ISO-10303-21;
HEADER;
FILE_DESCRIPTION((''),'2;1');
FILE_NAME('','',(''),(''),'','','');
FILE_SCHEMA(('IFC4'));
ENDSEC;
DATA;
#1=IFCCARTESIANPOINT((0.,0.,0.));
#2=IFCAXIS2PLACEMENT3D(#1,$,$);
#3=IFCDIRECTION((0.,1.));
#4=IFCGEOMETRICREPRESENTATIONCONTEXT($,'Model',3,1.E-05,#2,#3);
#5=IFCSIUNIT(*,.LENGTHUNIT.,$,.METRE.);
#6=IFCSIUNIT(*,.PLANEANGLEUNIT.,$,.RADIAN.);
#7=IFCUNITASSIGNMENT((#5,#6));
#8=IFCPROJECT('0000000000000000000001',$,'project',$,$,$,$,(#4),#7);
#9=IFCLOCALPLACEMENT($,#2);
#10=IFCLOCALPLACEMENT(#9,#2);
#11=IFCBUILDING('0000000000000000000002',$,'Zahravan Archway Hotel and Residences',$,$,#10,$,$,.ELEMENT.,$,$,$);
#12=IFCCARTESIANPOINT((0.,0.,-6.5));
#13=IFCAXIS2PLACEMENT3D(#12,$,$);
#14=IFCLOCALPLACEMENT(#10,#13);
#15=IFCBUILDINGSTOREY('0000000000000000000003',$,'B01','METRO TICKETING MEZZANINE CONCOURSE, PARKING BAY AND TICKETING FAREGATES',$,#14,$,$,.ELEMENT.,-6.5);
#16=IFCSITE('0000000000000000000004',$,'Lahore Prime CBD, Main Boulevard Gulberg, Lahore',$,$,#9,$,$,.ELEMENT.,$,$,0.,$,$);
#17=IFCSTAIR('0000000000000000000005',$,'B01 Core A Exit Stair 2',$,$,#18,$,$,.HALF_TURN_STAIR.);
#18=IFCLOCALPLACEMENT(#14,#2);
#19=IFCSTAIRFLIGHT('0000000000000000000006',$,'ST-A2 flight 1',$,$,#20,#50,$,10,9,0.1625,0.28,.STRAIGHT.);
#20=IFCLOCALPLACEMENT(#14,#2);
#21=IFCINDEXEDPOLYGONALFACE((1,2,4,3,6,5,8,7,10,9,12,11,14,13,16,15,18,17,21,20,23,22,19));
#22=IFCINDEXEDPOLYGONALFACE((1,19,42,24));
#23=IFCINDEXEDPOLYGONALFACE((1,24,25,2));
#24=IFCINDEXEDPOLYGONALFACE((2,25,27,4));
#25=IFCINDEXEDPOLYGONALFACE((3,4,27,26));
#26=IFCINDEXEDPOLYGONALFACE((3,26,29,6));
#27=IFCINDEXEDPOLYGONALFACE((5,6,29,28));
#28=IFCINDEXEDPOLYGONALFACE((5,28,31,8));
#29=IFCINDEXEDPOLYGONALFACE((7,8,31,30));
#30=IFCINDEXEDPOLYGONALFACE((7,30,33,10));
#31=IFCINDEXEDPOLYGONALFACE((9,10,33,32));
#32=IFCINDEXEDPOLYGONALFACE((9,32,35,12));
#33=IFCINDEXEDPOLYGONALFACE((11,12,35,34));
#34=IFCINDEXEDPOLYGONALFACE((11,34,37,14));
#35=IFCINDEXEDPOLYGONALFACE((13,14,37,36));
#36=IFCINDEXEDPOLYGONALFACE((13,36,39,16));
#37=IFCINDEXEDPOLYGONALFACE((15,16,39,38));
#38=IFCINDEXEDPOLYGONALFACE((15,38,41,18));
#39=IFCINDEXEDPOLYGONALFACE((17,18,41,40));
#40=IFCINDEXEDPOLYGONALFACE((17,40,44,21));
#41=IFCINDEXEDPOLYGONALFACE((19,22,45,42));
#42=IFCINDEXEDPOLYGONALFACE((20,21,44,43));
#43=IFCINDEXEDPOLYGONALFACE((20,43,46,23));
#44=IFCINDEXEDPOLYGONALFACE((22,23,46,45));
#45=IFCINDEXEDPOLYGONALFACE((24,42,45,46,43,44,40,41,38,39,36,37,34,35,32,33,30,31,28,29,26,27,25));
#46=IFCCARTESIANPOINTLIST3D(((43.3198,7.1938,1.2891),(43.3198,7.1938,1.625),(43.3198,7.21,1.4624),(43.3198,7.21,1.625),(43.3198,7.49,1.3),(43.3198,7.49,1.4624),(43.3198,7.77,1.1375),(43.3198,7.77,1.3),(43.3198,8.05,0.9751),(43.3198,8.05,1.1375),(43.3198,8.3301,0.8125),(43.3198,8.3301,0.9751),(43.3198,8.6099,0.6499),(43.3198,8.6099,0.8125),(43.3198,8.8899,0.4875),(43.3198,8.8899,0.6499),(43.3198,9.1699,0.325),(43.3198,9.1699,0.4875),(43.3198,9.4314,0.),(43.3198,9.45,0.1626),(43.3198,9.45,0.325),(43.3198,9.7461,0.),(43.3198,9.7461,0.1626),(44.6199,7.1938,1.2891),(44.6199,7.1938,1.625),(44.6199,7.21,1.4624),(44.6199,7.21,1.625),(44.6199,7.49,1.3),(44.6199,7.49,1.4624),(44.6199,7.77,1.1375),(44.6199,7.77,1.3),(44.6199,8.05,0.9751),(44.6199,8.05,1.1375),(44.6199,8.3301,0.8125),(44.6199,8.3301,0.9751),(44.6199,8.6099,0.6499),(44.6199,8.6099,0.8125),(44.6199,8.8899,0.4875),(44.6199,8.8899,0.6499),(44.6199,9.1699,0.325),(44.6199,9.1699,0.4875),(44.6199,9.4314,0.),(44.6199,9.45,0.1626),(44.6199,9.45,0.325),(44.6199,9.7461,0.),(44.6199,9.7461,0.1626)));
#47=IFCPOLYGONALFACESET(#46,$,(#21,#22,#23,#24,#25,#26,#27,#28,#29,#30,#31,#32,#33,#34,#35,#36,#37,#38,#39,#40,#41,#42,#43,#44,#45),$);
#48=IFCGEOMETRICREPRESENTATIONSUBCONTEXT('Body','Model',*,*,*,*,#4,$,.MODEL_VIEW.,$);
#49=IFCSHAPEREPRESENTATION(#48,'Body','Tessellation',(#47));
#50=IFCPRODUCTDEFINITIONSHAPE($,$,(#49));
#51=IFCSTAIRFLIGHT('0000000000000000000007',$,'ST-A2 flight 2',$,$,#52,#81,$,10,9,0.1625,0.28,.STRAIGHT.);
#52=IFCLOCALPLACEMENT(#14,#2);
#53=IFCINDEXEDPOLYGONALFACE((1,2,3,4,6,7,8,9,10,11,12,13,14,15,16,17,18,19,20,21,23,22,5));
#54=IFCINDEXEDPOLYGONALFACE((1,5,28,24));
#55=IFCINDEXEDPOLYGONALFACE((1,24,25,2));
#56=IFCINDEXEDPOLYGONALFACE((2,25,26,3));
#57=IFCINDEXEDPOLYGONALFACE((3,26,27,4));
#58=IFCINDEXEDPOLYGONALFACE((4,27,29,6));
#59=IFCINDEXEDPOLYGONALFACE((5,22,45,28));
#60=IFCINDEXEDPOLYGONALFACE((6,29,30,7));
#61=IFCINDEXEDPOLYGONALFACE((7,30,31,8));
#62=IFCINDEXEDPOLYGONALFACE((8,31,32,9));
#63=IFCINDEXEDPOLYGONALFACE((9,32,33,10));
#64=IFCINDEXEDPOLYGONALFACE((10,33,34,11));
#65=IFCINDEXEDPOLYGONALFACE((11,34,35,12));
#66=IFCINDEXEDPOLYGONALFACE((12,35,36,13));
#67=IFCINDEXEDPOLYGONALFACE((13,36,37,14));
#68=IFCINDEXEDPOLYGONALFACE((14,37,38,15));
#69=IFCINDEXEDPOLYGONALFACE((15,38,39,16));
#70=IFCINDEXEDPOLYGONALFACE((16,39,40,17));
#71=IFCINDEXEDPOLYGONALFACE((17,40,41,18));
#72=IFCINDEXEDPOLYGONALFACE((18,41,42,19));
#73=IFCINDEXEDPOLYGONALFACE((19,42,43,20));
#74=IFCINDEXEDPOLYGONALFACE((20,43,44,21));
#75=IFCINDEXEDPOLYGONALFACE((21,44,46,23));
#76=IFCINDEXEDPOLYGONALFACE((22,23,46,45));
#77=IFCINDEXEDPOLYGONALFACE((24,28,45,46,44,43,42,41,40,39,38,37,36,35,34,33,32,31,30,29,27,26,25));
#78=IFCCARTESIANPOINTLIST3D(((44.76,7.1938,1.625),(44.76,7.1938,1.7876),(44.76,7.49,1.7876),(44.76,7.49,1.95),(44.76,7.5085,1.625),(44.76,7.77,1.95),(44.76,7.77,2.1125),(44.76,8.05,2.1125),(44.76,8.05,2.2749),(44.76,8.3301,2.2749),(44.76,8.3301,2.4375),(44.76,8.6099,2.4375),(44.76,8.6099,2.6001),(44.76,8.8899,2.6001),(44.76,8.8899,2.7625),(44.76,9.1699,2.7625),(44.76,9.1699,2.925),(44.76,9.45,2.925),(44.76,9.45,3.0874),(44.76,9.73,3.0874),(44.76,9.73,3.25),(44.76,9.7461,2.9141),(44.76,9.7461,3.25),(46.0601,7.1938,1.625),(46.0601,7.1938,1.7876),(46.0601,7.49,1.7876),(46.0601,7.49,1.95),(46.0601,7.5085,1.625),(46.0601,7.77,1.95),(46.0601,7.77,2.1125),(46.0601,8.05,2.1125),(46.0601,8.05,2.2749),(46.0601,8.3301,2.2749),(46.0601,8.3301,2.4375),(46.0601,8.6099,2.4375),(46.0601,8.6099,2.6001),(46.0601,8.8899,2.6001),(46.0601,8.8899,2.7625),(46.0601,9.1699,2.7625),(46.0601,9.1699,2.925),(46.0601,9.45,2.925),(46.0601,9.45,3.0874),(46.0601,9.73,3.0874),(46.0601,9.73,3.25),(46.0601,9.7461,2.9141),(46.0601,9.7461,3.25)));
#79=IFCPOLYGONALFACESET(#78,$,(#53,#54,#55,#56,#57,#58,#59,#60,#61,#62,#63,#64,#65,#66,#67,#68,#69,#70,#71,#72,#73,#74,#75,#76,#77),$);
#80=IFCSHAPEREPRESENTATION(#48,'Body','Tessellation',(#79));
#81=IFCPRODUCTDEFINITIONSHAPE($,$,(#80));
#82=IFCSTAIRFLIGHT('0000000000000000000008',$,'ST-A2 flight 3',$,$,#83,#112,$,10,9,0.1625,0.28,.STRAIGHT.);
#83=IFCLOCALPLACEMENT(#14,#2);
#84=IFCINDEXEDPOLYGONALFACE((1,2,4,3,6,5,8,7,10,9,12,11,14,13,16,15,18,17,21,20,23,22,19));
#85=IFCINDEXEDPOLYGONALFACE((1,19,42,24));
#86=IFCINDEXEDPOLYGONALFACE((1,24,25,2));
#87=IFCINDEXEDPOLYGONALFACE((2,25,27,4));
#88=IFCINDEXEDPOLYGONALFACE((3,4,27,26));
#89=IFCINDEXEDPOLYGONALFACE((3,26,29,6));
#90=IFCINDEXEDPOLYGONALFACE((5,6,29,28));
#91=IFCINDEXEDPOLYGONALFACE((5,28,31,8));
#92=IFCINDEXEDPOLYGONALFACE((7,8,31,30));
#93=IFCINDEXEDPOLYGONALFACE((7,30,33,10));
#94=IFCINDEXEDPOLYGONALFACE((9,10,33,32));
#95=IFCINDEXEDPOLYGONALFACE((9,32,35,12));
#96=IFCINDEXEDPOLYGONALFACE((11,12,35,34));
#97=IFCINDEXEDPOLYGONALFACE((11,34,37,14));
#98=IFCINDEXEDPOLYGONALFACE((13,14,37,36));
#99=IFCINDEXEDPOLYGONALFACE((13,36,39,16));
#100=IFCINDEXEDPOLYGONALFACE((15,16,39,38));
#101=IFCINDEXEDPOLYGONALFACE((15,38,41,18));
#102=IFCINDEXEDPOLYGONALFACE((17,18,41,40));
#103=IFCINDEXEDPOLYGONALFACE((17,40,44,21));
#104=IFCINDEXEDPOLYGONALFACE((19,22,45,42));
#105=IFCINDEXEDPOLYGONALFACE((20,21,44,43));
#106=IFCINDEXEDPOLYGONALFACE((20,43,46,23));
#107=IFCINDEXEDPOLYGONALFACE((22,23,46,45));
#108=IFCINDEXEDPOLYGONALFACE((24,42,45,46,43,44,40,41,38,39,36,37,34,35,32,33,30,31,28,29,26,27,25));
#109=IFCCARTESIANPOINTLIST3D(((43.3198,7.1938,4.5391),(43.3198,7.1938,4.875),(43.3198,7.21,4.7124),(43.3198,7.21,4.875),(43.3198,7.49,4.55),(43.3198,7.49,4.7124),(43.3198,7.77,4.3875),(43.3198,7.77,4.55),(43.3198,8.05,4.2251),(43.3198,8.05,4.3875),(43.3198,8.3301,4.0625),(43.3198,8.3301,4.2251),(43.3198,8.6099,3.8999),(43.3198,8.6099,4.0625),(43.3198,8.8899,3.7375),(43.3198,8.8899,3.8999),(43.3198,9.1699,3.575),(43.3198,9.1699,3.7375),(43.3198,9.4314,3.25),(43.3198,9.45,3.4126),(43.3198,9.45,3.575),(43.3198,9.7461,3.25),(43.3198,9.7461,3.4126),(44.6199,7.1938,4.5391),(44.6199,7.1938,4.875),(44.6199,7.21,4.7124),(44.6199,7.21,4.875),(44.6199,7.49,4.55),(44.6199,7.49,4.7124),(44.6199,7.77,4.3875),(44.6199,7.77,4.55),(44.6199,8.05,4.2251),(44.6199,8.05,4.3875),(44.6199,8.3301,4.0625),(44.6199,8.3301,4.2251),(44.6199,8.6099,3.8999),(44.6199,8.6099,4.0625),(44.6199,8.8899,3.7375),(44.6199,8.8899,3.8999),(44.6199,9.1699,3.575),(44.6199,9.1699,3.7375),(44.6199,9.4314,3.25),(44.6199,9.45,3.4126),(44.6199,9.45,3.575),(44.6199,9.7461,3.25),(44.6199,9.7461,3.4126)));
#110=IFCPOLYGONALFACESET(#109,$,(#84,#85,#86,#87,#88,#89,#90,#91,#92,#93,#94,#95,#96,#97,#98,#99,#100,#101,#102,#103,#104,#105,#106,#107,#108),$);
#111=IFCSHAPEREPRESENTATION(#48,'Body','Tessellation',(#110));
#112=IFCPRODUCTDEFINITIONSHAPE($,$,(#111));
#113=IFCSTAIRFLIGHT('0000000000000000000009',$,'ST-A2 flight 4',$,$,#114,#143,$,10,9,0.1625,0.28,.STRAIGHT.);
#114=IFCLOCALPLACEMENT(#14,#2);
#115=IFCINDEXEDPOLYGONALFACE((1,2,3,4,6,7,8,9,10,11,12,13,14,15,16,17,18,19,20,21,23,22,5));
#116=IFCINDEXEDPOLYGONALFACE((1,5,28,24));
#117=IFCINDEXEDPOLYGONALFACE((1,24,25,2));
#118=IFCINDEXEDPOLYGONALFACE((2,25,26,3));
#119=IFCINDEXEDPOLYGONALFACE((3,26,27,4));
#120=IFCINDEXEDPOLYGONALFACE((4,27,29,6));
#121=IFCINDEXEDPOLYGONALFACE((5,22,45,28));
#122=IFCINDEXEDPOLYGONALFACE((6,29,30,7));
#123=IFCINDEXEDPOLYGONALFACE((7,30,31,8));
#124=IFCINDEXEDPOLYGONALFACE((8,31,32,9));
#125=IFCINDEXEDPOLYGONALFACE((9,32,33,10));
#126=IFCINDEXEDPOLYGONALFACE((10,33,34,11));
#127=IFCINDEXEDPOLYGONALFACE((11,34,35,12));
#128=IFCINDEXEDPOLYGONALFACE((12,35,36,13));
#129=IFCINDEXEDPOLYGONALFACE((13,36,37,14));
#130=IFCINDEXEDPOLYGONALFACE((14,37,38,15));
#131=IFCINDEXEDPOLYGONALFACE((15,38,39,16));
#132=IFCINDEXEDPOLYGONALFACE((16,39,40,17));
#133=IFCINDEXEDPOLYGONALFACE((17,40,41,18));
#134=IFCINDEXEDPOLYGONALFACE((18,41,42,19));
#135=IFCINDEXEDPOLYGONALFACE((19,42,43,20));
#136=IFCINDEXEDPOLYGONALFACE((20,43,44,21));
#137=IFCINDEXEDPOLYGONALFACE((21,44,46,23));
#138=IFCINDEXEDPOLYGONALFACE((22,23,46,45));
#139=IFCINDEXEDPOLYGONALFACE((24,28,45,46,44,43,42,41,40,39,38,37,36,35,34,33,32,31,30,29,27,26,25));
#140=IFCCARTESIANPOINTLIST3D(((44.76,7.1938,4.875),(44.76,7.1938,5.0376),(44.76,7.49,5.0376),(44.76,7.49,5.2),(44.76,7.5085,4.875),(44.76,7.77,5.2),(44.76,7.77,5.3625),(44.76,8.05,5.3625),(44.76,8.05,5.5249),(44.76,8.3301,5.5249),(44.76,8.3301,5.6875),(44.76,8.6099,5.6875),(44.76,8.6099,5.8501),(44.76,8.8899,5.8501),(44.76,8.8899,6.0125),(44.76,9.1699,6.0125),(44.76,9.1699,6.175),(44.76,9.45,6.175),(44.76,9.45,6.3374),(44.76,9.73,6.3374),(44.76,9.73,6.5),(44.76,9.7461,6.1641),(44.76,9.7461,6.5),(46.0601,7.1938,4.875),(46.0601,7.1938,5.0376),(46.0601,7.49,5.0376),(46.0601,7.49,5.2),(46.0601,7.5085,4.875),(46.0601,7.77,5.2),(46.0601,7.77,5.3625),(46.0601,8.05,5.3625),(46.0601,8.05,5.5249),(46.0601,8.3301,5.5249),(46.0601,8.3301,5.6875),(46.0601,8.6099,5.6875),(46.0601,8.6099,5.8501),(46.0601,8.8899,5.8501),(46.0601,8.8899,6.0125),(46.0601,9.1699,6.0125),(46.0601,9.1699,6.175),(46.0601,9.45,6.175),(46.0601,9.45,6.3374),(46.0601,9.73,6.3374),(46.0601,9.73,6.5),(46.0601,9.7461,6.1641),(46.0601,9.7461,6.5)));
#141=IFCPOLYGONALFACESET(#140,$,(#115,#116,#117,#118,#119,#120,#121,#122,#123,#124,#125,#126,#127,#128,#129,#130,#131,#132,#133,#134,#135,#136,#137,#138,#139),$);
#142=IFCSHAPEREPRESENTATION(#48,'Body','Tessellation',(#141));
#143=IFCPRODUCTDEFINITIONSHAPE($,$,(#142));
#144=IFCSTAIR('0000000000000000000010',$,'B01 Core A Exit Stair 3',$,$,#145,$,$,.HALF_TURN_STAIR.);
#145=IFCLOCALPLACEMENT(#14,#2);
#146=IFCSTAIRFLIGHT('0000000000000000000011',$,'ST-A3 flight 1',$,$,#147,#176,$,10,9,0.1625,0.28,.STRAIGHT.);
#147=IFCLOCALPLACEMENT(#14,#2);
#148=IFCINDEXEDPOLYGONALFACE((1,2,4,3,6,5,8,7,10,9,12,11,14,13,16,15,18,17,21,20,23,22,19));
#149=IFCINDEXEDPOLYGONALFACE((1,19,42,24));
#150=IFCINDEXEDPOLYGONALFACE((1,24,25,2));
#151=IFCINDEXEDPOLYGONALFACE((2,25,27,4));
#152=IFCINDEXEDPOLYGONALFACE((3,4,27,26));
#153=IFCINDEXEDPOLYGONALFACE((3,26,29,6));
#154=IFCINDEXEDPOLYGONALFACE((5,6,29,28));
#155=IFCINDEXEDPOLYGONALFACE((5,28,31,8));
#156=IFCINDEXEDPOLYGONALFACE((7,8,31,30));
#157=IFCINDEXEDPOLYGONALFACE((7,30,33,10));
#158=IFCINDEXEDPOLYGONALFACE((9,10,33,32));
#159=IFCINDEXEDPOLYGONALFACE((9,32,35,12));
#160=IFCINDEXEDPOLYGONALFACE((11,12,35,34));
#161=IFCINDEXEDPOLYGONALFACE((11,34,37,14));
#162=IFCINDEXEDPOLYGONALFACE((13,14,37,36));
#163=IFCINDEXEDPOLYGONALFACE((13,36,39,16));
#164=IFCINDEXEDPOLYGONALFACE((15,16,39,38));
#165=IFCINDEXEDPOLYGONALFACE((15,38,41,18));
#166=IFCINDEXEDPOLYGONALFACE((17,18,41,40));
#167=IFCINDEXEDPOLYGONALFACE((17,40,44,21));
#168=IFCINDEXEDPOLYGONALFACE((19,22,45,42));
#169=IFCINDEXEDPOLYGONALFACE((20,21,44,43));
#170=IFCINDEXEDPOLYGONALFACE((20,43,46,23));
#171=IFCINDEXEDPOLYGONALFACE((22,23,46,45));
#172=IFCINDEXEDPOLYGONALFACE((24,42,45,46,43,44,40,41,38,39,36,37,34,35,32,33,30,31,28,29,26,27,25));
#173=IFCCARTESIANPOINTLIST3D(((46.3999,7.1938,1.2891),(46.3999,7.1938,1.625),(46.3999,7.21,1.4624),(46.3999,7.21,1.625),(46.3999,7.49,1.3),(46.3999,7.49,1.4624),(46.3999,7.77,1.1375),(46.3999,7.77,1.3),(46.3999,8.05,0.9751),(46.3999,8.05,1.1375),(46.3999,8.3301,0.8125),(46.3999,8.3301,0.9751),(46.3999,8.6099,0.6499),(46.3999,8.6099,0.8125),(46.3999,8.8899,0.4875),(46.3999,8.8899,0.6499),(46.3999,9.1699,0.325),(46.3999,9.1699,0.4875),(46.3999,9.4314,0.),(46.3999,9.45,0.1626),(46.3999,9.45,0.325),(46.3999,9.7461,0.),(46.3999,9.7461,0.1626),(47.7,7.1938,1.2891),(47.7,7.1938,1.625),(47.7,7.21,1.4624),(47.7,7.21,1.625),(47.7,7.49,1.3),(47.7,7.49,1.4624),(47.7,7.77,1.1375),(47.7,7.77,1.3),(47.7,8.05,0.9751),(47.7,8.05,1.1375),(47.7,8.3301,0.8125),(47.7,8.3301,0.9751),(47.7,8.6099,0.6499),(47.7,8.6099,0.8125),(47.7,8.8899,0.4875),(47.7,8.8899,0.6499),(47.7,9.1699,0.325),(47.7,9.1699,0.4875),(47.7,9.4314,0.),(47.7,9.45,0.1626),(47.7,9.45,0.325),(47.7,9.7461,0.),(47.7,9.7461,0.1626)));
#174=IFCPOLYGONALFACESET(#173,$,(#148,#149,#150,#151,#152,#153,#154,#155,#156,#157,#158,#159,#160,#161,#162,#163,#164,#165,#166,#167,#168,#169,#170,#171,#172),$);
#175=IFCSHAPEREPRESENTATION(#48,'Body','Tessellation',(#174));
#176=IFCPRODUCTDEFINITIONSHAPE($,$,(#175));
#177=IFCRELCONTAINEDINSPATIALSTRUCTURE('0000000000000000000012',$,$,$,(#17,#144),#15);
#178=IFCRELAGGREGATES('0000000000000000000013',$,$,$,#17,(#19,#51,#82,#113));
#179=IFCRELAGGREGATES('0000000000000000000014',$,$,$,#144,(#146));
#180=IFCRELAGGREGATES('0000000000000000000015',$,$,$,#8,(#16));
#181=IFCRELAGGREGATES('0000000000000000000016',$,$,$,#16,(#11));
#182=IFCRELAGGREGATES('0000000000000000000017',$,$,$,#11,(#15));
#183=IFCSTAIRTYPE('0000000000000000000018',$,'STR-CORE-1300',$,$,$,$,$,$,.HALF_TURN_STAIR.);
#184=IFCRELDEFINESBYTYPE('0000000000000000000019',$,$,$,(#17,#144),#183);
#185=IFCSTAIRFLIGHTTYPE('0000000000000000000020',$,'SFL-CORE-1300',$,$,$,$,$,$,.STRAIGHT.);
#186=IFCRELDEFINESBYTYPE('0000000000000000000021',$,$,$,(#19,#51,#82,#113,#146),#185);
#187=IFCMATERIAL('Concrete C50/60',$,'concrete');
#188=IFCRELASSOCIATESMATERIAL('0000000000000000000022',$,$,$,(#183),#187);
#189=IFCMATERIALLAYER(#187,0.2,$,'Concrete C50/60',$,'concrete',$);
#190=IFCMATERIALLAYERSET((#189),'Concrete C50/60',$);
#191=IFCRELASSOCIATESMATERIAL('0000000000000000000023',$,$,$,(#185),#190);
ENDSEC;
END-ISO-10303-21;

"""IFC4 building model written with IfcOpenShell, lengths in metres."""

from ifc_helpers import new_model, si_unit, direction, frame, origin, place, context, subcontext, project, spatial, polyline, outline, extrude, source, transform, mapped, material, layer, layer_set, type_object, type_shapes, element, aggregate, save


model = new_model("IFC4")

# Units and contexts
model_context = context("Model", 3, precision=1e-05, world=origin(), true_north=direction((0.0, 1.0)))
body_context = subcontext(model_context, "Body", "Model", "MODEL_VIEW")
ifc_project = project(units=[si_unit("LENGTHUNIT", "METRE"), si_unit("PLANEANGLEUNIT", "RADIAN")], contexts=[model_context])

# Site, building, storey
site_placement = place(None, origin())
site = spatial("IfcSite", under=ifc_project, at=site_placement, Name="Lahore Prime CBD, Main Boulevard Gulberg, Lahore", CompositionType="ELEMENT", RefElevation=0.0)
building_placement = place(site_placement, origin())
building = spatial("IfcBuilding", under=site, at=building_placement, Name="Zahravan Archway Hotel and Residences", CompositionType="ELEMENT")
storey_placement = place(building_placement, frame((0.0, 0.0, -6.5)))
storey = spatial("IfcBuildingStorey", under=building, at=storey_placement, Name="B01", Description="METRO TICKETING MEZZANINE CONCOURSE, PARKING BAY AND TICKETING FAREGATES", CompositionType="ELEMENT", Elevation=-6.5)

# Shared definitions
ifc_material_1 = material(Name="Concrete C50/60", Category="concrete")

# Stairs, stair flights
stair_type = type_object("IfcStairType", Name="STR-CORE-1300", PredefinedType="HALF_TURN_STAIR", material=ifc_material_1)
stair_1_placement = place(storey_placement, origin())
stair_1 = element("IfcStair", 1, at=stair_1_placement, inside=storey, type_object=stair_type, Name="B01 Core A Exit Stair 2", PredefinedType="HALF_TURN_STAIR")
ifc_layer_1 = layer(ifc_material_1, 0.2, Name="Concrete C50/60", Category="concrete")
ifc_layer_set_1 = layer_set([ifc_layer_1], Name="Concrete C50/60")
stair_flight_type = type_object("IfcStairFlightType", Name="SFL-CORE-1300", PredefinedType="STRAIGHT", material=ifc_layer_set_1)
shared_shape_1 = source(origin(), body_context, "Body", "SweptSolid", [
    extrude(outline(polyline([(-0.0161, 0.0), (-0.0161, 0.1626), (0.28, 0.1626), (0.28, 0.325), (0.5601, 0.325), (0.5601, 0.4875), (0.8401, 0.4875), (0.8401, 0.6499), (1.1201, 0.6499), (1.1201, 0.8125), (1.3999, 0.8125), (1.3999, 0.9751), (1.6799, 0.9751), (1.6799, 1.1375), (1.96, 1.1375), (1.96, 1.3), (2.24, 1.3), (2.24, 1.4624), (2.52, 1.4624), (2.52, 1.625), (2.5361, 1.625), (2.5361, 1.2891), (0.2986, 0.0), (-0.0161, 0.0)])), frame((0.0, 0.6499, 0.0), z_axis=(0.0, -1.0, 0.0), x_axis=(1.0, 0.0, 0.0)), (0.0, 0.0, 1.0), 1.3),
])
type_shapes(stair_flight_type, [shared_shape_1])
stair_flight_1_placement = place(storey_placement, frame((43.97, 9.73, 0.0), z_axis=(0.0, 0.0, 1.0), x_axis=(0.0, -1.0, 0.0)))
stair_flight_1 = element("IfcStairFlight", 2, at=stair_flight_1_placement, type_object=stair_flight_type, Name="ST-A2 flight 1", NumberOfRisers=10, NumberOfTreads=9, PredefinedType="STRAIGHT", RiserHeight=0.1625, TreadLength=0.28, context=body_context, shape_type="MappedRepresentation", body=[
    mapped(shared_shape_1, transform((0.0, 0.0, 0.0), scale=1.0)),
])
stair_flight_2_placement = place(storey_placement, frame((45.4099, 7.21, 1.625), z_axis=(0.0, 0.0, 1.0), x_axis=(0.0, 1.0, 0.0)))
stair_flight_2 = element("IfcStairFlight", 3, at=stair_flight_2_placement, type_object=stair_flight_type, Name="ST-A2 flight 2", NumberOfRisers=10, NumberOfTreads=9, PredefinedType="STRAIGHT", RiserHeight=0.1625, TreadLength=0.28, context=body_context, shape_type="MappedRepresentation", body=[
    mapped(shared_shape_1, transform((0.0, 0.0, 0.0), scale=1.0)),
])
stair_flight_3_placement = place(storey_placement, frame((43.97, 9.73, 3.25), z_axis=(0.0, 0.0, 1.0), x_axis=(0.0, -1.0, 0.0)))
stair_flight_3 = element("IfcStairFlight", 4, at=stair_flight_3_placement, type_object=stair_flight_type, Name="ST-A2 flight 3", NumberOfRisers=10, NumberOfTreads=9, PredefinedType="STRAIGHT", RiserHeight=0.1625, TreadLength=0.28, context=body_context, shape_type="MappedRepresentation", body=[
    mapped(shared_shape_1, transform((0.0, 0.0, 0.0), scale=1.0)),
])
stair_flight_4_placement = place(storey_placement, frame((45.4099, 7.21, 4.875), z_axis=(0.0, 0.0, 1.0), x_axis=(0.0, 1.0, 0.0)))
stair_flight_4 = element("IfcStairFlight", 5, at=stair_flight_4_placement, type_object=stair_flight_type, Name="ST-A2 flight 4", NumberOfRisers=10, NumberOfTreads=9, PredefinedType="STRAIGHT", RiserHeight=0.1625, TreadLength=0.28, context=body_context, shape_type="MappedRepresentation", body=[
    mapped(shared_shape_1, transform((0.0, 0.0, 0.0), scale=1.0)),
])
aggregate(stair_1, [stair_flight_1, stair_flight_2, stair_flight_3, stair_flight_4])
stair_2_placement = place(storey_placement, origin())
stair_2 = element("IfcStair", 6, at=stair_2_placement, inside=storey, type_object=stair_type, Name="B01 Core A Exit Stair 3", PredefinedType="HALF_TURN_STAIR")
stair_flight_5_placement = place(storey_placement, frame((47.05, 9.73, 0.0), z_axis=(0.0, 0.0, 1.0), x_axis=(0.0, -1.0, 0.0)))
stair_flight_5 = element("IfcStairFlight", 7, at=stair_flight_5_placement, type_object=stair_flight_type, Name="ST-A3 flight 1", NumberOfRisers=10, NumberOfTreads=9, PredefinedType="STRAIGHT", RiserHeight=0.1625, TreadLength=0.28, context=body_context, shape_type="MappedRepresentation", body=[
    mapped(shared_shape_1, transform((0.0, 0.0, 0.0), scale=1.0)),
])
aggregate(stair_2, [stair_flight_5])

save(model, "model.ifc")
